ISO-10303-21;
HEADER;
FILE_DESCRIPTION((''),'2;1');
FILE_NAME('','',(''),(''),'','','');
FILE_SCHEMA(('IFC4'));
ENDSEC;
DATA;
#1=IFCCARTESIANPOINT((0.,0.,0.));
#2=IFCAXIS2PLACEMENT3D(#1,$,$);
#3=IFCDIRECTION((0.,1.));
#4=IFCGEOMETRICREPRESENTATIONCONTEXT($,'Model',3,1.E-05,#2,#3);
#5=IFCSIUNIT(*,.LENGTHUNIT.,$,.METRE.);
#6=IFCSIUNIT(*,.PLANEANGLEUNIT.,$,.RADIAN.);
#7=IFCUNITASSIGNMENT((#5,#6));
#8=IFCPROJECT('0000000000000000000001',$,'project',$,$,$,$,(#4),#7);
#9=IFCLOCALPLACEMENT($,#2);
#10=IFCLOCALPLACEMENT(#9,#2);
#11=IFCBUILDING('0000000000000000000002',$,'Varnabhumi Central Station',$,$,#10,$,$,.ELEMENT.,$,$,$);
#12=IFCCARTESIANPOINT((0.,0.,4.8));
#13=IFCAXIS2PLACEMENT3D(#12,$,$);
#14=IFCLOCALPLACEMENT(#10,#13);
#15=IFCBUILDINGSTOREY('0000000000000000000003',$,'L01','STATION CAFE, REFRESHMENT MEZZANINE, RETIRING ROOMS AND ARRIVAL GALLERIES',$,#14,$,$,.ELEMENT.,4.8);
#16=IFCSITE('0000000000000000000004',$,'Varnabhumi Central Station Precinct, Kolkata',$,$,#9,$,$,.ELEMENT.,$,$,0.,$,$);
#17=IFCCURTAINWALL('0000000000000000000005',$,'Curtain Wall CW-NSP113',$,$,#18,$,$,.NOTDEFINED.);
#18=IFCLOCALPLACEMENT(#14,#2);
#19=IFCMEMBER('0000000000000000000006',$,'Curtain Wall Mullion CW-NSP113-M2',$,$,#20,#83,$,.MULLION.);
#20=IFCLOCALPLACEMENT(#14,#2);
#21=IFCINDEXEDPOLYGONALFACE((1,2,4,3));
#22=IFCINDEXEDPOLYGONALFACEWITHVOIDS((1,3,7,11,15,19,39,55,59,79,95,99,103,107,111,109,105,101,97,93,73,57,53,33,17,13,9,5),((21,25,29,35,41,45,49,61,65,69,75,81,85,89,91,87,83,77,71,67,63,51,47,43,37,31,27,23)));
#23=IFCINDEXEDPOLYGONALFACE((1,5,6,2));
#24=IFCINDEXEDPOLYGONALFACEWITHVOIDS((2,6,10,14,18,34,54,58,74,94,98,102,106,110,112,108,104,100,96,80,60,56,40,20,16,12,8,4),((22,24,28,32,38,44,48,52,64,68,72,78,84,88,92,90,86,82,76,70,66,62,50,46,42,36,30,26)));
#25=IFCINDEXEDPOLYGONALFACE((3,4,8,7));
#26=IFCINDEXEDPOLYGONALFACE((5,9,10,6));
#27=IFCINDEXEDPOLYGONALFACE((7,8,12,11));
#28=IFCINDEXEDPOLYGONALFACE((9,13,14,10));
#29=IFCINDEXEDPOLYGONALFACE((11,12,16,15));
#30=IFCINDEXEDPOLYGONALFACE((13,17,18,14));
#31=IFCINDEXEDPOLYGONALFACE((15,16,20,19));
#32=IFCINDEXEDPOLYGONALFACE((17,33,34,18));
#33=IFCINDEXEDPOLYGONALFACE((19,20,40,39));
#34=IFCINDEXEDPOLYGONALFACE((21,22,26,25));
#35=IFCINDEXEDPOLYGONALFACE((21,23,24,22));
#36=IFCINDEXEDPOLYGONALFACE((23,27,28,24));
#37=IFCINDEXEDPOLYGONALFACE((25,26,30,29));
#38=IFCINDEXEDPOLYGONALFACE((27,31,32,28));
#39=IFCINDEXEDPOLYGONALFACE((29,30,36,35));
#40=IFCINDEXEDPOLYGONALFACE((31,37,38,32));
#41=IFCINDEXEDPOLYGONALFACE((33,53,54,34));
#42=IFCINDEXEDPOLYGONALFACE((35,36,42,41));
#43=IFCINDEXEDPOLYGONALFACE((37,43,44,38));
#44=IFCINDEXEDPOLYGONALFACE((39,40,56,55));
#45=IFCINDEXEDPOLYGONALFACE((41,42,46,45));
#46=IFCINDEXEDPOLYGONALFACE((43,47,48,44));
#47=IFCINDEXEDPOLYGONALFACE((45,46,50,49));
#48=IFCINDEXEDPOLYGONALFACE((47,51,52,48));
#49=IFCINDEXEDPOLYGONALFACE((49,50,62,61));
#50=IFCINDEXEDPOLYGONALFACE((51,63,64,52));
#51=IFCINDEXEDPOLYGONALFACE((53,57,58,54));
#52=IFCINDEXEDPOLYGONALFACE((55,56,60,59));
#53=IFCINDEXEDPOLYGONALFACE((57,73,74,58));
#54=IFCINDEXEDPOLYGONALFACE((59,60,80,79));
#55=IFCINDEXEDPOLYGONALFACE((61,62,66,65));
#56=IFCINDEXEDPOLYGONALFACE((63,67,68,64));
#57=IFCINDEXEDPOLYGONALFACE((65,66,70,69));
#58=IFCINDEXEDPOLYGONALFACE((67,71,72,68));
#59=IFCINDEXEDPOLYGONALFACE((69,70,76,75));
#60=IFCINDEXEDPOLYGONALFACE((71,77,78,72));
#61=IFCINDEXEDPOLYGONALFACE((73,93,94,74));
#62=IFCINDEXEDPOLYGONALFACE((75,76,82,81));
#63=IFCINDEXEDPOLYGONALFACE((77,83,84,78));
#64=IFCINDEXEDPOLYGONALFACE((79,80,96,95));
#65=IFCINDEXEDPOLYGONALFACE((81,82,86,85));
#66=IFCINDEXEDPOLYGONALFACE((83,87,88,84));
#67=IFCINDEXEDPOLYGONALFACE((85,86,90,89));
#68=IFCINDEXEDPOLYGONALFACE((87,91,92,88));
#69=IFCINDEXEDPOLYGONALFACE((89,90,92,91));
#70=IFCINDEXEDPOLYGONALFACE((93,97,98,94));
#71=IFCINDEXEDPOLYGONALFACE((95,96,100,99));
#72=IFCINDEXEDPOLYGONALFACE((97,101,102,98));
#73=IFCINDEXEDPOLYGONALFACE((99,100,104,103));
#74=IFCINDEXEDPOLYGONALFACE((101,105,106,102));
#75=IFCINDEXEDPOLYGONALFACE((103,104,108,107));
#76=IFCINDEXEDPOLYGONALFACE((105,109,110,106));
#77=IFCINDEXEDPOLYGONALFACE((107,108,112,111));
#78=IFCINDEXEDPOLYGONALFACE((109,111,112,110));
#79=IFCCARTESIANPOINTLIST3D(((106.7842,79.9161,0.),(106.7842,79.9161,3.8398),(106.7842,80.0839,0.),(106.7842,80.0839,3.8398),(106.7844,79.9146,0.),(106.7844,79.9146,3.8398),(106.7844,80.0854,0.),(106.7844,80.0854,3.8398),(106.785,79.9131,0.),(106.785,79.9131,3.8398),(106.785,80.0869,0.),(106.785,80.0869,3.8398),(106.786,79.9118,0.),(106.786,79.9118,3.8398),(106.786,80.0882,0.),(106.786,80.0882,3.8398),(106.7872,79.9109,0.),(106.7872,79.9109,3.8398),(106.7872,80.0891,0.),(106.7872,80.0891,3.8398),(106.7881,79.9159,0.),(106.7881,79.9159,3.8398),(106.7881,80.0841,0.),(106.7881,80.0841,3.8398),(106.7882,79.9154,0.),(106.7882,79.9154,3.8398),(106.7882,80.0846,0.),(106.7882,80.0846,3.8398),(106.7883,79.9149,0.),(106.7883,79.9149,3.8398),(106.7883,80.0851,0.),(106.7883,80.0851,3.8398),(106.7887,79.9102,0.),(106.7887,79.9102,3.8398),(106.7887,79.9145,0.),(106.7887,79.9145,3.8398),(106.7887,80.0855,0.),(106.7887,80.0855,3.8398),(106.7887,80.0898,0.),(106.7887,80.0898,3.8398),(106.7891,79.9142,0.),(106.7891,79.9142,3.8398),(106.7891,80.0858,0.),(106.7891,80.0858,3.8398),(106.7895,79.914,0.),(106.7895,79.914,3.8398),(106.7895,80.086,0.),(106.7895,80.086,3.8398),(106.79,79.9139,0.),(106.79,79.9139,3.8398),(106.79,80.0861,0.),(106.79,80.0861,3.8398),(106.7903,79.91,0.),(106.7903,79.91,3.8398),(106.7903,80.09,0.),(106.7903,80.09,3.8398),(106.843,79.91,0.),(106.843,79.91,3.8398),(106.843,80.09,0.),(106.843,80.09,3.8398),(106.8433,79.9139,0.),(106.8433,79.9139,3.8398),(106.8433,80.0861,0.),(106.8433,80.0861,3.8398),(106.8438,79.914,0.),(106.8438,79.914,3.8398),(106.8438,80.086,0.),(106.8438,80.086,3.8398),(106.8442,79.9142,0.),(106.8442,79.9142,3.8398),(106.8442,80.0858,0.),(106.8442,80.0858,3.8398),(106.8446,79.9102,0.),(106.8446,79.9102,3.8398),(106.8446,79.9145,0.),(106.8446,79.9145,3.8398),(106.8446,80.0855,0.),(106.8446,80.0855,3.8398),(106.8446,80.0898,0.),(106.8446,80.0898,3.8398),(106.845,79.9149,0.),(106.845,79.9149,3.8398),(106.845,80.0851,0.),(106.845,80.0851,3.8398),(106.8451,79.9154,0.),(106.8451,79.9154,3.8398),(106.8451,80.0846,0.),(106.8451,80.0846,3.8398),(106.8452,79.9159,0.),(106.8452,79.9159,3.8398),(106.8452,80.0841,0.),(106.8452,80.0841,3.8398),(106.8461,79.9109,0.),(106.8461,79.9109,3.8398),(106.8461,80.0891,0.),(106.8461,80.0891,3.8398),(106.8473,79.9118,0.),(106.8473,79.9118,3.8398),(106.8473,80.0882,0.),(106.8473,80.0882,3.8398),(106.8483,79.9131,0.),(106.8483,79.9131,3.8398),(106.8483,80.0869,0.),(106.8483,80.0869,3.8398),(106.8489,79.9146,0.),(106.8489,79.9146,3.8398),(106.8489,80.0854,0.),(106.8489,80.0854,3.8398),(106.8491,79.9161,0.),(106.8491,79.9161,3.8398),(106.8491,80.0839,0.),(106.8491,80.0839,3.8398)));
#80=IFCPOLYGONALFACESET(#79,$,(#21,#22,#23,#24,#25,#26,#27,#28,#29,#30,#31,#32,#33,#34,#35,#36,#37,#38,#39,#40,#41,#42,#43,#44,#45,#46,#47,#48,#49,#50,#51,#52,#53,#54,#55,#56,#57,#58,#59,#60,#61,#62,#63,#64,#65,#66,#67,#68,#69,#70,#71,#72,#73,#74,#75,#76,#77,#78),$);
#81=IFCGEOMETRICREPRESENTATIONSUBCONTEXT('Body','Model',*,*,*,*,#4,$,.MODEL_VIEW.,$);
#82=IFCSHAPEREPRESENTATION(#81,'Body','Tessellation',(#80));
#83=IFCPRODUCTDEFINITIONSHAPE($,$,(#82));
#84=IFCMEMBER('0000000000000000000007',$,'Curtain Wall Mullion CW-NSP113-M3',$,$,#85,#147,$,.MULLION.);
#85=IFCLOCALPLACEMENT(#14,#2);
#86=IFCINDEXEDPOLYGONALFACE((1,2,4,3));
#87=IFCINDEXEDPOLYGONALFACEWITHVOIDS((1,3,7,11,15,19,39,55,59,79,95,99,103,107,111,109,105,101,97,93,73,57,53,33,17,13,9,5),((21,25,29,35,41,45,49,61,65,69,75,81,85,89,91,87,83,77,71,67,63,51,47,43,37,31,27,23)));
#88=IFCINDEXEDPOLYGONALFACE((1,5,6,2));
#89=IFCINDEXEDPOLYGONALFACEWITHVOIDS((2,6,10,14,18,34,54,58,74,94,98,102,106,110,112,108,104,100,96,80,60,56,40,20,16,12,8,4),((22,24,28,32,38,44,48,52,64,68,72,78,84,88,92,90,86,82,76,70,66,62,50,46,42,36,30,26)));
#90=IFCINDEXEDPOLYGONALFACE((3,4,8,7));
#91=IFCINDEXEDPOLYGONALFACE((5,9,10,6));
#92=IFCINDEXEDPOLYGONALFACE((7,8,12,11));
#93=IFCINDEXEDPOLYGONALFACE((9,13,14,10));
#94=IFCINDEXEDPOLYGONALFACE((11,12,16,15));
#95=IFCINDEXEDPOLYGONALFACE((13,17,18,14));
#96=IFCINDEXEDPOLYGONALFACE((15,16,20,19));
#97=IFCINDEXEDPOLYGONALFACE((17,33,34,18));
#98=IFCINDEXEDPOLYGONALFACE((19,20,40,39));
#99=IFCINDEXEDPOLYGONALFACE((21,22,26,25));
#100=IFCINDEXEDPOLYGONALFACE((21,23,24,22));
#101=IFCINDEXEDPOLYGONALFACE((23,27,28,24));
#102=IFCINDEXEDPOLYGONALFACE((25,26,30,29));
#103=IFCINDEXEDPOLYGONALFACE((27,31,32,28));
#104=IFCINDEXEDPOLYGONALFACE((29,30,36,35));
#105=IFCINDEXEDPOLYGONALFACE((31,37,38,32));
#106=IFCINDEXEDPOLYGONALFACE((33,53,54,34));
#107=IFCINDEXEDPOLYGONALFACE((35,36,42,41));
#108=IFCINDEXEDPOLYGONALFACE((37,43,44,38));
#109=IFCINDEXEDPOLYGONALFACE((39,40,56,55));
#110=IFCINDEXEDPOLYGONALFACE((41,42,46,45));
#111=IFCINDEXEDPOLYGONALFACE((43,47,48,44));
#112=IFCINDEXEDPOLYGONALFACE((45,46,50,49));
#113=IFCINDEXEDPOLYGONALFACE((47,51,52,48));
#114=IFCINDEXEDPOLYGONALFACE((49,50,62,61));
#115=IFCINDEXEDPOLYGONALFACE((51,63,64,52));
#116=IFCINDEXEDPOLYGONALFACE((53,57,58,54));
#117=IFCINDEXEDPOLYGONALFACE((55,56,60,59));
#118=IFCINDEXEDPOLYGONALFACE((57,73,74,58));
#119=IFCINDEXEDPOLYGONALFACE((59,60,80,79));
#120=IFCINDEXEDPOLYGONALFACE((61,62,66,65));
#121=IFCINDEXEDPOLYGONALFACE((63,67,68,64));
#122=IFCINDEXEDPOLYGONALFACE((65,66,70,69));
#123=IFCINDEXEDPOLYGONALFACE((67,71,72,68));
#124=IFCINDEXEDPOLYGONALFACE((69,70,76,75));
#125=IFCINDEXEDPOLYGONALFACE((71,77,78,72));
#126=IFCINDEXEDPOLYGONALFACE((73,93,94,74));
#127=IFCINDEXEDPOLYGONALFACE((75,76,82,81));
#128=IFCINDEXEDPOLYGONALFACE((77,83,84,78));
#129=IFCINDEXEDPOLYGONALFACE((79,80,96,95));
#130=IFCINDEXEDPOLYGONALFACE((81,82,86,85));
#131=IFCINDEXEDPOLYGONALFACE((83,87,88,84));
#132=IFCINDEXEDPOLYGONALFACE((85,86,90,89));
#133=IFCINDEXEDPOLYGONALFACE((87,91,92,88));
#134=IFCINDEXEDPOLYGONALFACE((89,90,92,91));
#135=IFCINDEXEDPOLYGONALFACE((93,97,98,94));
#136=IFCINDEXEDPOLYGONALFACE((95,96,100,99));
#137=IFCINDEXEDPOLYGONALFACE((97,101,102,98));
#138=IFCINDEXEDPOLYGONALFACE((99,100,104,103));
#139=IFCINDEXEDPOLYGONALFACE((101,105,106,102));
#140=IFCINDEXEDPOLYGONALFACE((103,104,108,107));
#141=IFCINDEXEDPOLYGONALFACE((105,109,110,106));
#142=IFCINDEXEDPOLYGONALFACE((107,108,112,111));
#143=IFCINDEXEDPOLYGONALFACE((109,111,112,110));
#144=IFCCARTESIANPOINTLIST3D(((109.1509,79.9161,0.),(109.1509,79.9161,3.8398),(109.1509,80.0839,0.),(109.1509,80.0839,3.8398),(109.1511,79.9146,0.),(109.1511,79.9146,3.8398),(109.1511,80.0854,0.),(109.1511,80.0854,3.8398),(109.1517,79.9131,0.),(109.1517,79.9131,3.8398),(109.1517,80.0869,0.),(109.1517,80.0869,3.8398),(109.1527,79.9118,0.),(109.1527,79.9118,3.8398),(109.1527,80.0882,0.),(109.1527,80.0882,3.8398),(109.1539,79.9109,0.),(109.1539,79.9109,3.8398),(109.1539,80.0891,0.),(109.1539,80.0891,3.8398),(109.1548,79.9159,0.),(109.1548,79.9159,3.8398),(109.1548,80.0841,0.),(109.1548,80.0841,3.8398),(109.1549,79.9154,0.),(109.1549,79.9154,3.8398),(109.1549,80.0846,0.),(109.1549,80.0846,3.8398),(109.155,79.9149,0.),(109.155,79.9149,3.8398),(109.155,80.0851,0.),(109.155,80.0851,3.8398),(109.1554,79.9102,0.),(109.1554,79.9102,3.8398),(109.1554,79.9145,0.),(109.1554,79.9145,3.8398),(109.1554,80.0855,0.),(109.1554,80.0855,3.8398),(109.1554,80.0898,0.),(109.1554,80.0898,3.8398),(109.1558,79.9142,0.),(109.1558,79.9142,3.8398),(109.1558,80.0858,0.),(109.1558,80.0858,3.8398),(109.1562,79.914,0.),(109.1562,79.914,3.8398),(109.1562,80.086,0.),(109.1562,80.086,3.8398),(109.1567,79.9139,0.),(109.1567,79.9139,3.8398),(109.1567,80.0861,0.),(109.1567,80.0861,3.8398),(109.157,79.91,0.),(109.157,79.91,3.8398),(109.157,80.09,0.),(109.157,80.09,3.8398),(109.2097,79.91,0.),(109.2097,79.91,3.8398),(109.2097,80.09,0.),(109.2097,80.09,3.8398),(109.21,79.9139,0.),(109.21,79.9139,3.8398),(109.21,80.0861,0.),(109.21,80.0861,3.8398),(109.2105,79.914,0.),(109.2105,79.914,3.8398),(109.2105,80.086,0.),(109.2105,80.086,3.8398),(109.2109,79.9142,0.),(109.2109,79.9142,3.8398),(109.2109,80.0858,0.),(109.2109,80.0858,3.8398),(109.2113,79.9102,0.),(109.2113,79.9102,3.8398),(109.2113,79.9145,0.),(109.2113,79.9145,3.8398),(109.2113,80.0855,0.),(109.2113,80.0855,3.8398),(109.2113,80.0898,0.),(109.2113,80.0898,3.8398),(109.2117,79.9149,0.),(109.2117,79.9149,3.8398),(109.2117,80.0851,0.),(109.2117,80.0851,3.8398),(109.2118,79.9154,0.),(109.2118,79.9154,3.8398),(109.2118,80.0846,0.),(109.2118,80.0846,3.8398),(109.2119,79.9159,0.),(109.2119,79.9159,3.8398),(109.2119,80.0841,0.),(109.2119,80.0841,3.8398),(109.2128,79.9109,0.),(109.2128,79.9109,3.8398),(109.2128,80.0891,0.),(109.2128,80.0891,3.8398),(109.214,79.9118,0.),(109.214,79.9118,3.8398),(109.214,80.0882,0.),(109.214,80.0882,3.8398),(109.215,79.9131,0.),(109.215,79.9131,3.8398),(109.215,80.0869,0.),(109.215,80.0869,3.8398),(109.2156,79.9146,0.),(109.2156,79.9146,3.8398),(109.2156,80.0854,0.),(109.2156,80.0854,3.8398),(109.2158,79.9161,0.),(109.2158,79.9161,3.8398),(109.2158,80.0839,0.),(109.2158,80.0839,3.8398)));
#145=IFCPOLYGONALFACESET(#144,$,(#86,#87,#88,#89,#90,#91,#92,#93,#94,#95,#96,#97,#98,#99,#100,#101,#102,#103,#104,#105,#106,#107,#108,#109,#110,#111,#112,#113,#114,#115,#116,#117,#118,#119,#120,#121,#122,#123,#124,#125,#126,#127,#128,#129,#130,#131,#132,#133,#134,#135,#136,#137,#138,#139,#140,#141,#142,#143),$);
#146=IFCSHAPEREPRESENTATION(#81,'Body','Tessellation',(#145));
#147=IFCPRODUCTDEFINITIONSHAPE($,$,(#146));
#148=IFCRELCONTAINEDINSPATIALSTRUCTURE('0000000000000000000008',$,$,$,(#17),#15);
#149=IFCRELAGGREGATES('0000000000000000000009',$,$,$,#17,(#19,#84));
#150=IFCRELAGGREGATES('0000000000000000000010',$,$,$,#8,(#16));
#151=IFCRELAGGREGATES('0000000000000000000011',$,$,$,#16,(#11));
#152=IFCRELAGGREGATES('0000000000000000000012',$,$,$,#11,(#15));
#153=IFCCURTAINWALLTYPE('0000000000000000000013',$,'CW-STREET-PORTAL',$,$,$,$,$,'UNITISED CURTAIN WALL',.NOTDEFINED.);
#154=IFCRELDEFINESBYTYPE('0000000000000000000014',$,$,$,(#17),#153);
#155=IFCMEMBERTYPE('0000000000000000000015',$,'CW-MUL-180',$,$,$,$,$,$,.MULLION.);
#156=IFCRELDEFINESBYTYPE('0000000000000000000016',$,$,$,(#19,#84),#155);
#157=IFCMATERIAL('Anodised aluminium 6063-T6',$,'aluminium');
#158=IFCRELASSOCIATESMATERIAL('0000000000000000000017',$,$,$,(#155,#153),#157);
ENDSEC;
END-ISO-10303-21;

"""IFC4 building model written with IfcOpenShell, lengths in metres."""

from ifc_helpers import new_model, si_unit, direction, frame, origin, origin_2d, place, context, subcontext, project, spatial, hollow_rectangle, extrude, material, material_profile, profile_set, type_object, element, aggregate, save


model = new_model("IFC4")

# Units and contexts
model_context = context("Model", 3, precision=1e-05, world=origin(), true_north=direction((0.0, 1.0)))
body_context = subcontext(model_context, "Body", "Model", "MODEL_VIEW")
ifc_project = project(units=[si_unit("LENGTHUNIT", "METRE"), si_unit("PLANEANGLEUNIT", "RADIAN")], contexts=[model_context])

# Site, building, storey
site_placement = place(None, origin())
site = spatial("IfcSite", under=ifc_project, at=site_placement, Name="Varnabhumi Central Station Precinct, Kolkata", CompositionType="ELEMENT", RefElevation=0.0)
building_placement = place(site_placement, origin())
building = spatial("IfcBuilding", under=site, at=building_placement, Name="Varnabhumi Central Station", CompositionType="ELEMENT")
storey_placement = place(building_placement, frame((0.0, 0.0, 4.8)))
storey = spatial("IfcBuildingStorey", under=building, at=storey_placement, Name="L01", Description="STATION CAFE, REFRESHMENT MEZZANINE, RETIRING ROOMS AND ARRIVAL GALLERIES", CompositionType="ELEMENT", Elevation=4.8)

# Curtain wall, members
ifc_material_1 = material(Name="Anodised aluminium 6063-T6", Category="aluminium")
ifc_material_profile_1 = material_profile(ifc_material_1, hollow_rectangle(XDim=0.0649, YDim=0.1799, WallThickness=0.0039, InnerFilletRadius=0.002, OuterFilletRadius=0.0061, at=origin_2d()), Name="Anodised aluminium 6063-T6", Category="aluminium")
ifc_profile_set_1 = profile_set([ifc_material_profile_1], Name="Anodised aluminium 6063-T6")
member_type_1 = type_object("IfcMemberType", Name="CW-MUL-180", PredefinedType="MULLION", material=ifc_profile_set_1)
curtain_wall_type_1 = type_object("IfcCurtainWallType", Name="CW-STREET-PORTAL", ElementType="UNITISED CURTAIN WALL", PredefinedType="NOTDEFINED", material=ifc_material_1)
curtain_wall_1_placement = place(storey_placement, origin())
curtain_wall_1 = element("IfcCurtainWall", 1, at=curtain_wall_1_placement, inside=storey, type_object=curtain_wall_type_1, Name="Curtain Wall CW-NSP113", PredefinedType="NOTDEFINED")
member_1_placement = place(storey_placement, frame((106.8167, 80.0, 0.0), z_axis=(0.0, 0.0, 1.0), x_axis=(1.0, 0.0, 0.0)))
member_1 = element("IfcMember", 2, at=member_1_placement, type_object=member_type_1, Name="Curtain Wall Mullion CW-NSP113-M2", PredefinedType="MULLION", context=body_context, shape_type="SweptSolid", body=[
    extrude(hollow_rectangle(XDim=0.0649, YDim=0.1799, WallThickness=0.0039, InnerFilletRadius=0.002, OuterFilletRadius=0.0061, at=origin_2d()), origin(), (0.0, 0.0, 1.0), 3.8398),
])
member_2_placement = place(storey_placement, frame((109.1833, 80.0, 0.0), z_axis=(0.0, 0.0, 1.0), x_axis=(1.0, 0.0, 0.0)))
member_2 = element("IfcMember", 3, at=member_2_placement, type_object=member_type_1, Name="Curtain Wall Mullion CW-NSP113-M3", PredefinedType="MULLION", context=body_context, shape_type="SweptSolid", body=[
    extrude(hollow_rectangle(XDim=0.0649, YDim=0.1799, WallThickness=0.0039, InnerFilletRadius=0.002, OuterFilletRadius=0.0061, at=origin_2d()), origin(), (0.0, 0.0, 1.0), 3.8398),
])

aggregate(curtain_wall_1, [member_1, member_2])

save(model, "model.ifc")
